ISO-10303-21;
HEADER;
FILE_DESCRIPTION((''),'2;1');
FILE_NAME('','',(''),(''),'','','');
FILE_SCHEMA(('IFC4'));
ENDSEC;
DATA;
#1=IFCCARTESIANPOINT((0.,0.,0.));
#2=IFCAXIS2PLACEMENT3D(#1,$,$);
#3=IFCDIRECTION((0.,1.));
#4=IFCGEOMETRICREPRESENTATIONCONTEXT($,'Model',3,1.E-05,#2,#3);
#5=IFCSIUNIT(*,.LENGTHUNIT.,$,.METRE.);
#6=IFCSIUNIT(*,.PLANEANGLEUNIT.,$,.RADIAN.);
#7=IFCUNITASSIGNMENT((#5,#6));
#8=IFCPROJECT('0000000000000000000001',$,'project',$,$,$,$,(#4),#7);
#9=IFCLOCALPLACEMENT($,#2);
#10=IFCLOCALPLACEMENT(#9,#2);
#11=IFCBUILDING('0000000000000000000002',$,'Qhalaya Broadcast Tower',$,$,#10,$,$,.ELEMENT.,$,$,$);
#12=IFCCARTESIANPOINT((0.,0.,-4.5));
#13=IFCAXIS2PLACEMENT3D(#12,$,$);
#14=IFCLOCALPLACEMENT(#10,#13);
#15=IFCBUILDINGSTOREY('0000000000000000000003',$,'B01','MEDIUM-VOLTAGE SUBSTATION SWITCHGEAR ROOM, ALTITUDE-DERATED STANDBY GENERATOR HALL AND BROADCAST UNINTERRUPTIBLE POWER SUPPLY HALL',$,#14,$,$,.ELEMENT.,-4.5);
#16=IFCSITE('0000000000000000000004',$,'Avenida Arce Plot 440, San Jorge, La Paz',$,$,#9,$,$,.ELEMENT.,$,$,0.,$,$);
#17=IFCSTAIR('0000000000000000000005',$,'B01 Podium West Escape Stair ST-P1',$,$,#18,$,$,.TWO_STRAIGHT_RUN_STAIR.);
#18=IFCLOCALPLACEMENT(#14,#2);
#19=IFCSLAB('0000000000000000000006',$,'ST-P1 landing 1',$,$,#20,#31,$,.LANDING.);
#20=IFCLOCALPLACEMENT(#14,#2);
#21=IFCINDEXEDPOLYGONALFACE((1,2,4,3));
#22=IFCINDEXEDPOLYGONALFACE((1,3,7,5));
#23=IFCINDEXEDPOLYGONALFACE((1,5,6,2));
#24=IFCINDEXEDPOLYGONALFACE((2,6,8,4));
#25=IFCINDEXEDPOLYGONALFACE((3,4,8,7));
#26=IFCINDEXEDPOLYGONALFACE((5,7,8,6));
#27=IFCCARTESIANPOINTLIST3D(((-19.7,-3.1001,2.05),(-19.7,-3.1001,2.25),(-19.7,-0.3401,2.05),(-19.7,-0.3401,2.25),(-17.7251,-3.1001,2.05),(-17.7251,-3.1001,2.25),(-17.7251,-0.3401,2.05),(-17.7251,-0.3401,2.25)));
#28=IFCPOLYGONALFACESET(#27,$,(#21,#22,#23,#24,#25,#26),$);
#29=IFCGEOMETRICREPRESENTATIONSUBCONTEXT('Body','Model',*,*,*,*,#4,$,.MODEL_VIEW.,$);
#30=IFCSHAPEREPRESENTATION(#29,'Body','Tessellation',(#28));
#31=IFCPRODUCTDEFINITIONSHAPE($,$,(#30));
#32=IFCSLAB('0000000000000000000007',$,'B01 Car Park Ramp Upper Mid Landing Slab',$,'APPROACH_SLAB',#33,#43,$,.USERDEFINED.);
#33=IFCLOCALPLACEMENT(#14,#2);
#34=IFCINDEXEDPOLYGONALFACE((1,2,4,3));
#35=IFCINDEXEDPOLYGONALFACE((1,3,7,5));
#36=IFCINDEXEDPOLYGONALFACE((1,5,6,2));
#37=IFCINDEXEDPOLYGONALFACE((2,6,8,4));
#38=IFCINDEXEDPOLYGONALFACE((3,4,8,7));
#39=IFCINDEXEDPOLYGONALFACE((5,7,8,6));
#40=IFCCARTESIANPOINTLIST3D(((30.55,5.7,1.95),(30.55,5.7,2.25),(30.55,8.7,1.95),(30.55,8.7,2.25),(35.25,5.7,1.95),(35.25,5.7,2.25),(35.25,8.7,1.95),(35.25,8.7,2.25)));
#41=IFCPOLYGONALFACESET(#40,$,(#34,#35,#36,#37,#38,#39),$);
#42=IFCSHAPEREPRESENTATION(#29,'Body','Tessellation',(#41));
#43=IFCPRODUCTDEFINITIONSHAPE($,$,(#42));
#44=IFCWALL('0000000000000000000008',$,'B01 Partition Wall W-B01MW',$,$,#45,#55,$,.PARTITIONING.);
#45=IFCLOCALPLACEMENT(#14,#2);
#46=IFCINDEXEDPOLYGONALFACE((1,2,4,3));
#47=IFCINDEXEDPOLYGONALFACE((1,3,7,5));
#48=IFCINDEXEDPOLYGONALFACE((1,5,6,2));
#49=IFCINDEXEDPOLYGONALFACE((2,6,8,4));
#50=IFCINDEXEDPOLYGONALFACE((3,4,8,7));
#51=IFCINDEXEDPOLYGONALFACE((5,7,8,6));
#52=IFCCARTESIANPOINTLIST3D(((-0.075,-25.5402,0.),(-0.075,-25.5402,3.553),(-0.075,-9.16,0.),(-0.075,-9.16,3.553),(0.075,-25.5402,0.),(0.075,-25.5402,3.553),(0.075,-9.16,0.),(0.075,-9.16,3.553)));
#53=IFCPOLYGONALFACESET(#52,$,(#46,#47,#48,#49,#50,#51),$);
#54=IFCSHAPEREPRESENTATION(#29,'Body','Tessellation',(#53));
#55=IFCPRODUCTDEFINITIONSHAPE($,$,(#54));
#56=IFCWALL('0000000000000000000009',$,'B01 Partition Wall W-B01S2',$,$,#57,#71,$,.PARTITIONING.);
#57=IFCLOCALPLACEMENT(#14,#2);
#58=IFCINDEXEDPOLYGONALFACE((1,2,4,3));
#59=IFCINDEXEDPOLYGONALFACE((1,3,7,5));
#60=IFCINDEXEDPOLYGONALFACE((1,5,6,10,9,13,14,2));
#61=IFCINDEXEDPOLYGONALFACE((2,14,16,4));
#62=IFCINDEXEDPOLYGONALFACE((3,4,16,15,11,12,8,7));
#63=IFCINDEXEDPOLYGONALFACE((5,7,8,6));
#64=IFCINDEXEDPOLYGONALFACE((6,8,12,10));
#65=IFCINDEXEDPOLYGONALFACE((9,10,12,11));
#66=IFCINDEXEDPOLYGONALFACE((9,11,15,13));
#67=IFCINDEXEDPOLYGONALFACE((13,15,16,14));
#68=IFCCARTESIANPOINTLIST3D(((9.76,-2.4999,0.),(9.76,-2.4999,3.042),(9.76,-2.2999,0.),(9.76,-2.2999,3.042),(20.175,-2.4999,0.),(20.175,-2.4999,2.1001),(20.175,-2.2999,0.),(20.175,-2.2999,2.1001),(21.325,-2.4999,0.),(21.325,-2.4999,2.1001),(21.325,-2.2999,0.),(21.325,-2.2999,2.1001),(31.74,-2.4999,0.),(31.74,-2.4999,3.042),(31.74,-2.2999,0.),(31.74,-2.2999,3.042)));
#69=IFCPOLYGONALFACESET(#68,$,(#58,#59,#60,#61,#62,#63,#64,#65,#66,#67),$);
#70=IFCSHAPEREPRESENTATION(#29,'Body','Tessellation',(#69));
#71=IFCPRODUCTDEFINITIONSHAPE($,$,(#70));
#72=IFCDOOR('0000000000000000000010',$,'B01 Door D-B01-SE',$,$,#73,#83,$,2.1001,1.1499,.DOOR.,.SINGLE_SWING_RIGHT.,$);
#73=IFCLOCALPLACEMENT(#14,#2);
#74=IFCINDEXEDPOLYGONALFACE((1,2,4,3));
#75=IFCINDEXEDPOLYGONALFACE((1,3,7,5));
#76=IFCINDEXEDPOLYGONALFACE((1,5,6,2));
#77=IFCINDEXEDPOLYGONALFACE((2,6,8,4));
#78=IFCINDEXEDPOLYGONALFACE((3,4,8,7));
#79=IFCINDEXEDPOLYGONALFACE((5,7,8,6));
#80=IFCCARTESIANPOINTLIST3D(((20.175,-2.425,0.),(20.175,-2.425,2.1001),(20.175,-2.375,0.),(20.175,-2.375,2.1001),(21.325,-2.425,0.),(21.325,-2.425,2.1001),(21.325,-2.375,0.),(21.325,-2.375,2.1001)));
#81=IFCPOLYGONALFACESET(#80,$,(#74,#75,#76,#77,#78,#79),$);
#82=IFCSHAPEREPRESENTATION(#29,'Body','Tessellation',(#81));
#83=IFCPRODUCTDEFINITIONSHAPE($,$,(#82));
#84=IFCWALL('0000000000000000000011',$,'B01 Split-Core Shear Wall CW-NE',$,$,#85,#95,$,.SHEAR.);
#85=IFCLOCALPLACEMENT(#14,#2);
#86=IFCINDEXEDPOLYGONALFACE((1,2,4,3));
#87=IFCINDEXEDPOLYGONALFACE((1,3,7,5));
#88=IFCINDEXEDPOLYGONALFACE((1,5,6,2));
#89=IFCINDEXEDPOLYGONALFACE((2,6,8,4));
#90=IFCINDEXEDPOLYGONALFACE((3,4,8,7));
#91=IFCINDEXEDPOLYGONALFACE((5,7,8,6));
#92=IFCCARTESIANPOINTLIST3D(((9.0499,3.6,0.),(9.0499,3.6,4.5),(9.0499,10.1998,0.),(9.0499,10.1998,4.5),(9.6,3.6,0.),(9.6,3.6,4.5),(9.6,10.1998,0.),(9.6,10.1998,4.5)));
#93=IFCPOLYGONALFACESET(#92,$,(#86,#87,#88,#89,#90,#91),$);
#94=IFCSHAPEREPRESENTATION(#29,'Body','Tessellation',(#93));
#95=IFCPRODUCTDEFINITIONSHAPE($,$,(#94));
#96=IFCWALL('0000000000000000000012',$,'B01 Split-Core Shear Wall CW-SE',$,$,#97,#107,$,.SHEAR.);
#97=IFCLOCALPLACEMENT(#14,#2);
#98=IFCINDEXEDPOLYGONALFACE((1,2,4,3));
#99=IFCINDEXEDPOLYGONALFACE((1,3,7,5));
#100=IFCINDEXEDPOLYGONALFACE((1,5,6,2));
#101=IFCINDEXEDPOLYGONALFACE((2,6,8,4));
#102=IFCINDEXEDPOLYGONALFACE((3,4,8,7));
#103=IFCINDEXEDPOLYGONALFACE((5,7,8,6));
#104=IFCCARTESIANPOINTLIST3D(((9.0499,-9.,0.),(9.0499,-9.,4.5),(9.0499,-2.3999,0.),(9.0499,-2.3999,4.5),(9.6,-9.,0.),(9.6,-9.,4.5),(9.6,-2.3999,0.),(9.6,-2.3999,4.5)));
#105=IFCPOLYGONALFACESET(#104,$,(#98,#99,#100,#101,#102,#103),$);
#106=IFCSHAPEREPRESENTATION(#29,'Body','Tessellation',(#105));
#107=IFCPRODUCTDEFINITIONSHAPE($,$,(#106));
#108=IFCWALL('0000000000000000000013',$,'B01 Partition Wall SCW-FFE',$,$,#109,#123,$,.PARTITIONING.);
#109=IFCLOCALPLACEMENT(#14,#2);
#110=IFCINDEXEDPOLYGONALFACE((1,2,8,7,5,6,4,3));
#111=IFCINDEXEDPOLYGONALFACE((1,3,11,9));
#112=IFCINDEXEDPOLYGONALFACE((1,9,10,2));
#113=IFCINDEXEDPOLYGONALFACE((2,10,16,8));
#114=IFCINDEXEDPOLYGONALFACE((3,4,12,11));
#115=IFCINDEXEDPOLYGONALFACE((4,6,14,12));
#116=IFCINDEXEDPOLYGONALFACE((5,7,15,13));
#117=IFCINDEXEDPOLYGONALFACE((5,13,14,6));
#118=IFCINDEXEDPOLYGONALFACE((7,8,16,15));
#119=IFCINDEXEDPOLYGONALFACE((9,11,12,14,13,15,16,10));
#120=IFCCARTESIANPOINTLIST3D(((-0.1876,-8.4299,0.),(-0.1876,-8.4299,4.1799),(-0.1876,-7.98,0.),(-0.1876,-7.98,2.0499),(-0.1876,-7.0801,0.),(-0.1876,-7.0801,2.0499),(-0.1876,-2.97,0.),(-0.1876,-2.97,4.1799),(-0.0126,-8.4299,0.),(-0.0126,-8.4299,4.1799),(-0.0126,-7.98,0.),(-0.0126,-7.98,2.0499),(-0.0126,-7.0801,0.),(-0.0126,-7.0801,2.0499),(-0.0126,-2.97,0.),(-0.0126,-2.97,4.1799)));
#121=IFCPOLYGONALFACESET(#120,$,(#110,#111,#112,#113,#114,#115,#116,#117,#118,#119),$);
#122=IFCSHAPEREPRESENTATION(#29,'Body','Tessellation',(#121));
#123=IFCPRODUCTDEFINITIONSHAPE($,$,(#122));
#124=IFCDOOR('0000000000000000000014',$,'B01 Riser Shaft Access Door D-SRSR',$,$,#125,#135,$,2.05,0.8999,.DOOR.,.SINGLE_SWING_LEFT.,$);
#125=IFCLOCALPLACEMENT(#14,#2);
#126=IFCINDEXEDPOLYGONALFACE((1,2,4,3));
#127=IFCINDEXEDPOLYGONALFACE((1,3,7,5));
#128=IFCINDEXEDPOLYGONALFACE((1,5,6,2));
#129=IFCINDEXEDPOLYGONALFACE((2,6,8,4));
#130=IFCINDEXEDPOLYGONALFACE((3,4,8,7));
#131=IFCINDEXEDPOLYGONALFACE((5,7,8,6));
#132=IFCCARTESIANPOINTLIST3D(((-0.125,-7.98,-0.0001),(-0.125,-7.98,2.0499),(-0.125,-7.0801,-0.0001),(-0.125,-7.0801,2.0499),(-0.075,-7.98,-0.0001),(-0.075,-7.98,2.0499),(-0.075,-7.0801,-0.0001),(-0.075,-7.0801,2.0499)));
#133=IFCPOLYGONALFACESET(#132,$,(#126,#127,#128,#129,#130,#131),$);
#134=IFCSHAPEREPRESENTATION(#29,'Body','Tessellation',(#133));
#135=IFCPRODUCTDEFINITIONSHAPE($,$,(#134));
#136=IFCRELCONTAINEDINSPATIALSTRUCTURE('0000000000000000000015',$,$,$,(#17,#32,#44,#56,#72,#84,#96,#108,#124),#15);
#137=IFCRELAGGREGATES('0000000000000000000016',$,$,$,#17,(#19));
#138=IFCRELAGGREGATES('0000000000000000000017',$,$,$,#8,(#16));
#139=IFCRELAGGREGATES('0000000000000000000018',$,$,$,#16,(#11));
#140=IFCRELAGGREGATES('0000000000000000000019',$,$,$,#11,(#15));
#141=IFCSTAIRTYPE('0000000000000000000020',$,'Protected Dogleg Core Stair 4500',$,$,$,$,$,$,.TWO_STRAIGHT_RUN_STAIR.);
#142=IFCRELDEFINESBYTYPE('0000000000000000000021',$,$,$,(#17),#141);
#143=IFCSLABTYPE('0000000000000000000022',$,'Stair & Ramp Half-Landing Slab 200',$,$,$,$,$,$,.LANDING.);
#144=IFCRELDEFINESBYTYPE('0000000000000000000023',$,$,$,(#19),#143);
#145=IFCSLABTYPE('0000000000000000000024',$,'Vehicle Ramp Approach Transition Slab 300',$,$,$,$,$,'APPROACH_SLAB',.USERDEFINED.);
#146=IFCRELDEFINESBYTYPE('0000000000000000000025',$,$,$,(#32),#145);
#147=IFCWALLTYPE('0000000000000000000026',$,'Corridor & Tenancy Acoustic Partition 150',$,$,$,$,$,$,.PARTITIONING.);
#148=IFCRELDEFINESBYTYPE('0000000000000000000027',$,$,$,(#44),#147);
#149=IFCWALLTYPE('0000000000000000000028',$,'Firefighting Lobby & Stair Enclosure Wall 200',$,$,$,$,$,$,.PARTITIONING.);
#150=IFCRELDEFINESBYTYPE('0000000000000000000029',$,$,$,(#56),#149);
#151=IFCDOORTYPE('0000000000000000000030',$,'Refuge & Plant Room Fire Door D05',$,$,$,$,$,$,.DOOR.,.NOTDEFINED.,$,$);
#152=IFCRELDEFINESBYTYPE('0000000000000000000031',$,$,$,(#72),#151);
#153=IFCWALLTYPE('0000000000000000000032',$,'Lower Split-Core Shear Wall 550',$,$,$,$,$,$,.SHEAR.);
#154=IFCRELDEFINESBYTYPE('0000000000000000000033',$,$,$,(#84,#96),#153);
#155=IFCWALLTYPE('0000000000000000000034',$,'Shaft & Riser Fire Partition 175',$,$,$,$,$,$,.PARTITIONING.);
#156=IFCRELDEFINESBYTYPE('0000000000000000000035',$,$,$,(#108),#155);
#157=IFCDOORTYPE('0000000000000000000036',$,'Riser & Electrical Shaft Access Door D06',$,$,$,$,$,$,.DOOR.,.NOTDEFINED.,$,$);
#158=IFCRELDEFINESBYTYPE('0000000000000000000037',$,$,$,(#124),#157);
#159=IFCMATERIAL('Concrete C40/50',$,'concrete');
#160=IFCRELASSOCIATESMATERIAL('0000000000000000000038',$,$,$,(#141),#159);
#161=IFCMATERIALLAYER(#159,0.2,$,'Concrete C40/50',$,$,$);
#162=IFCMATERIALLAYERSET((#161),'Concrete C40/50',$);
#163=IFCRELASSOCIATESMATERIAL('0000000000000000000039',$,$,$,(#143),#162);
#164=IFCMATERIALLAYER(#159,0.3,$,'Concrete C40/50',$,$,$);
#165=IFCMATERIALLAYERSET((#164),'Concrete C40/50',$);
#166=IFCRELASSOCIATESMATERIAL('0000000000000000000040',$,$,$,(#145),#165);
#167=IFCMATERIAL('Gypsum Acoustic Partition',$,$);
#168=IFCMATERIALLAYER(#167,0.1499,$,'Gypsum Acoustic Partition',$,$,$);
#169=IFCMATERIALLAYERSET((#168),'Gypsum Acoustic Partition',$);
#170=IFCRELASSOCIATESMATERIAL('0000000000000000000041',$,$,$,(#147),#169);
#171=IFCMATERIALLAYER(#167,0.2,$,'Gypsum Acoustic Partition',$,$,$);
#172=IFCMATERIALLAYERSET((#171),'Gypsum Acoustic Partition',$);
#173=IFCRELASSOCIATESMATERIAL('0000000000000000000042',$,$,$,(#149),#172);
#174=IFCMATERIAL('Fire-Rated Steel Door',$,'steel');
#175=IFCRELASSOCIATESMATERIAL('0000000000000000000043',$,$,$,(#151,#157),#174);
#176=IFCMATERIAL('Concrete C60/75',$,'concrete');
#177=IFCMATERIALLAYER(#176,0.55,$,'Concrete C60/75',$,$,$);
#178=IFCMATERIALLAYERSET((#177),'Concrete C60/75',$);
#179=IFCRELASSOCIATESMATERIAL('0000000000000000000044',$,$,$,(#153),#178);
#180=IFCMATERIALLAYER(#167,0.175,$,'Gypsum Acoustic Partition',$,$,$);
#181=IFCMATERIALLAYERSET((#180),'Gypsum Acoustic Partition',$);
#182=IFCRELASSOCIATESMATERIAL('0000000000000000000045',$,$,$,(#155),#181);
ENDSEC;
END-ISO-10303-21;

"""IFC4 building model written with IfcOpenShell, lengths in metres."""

from ifc_helpers import new_model, si_unit, direction, frame, frame_2d, origin, place, context, subcontext, project, spatial, polyline, rectangle, outline, extrude, material, layer, layer_set, type_object, element, fill, aggregate, save


model = new_model("IFC4")

# Units and contexts
model_context = context("Model", 3, precision=1e-05, world=origin(), true_north=direction((0.0, 1.0)))
body_context = subcontext(model_context, "Body", "Model", "MODEL_VIEW")
ifc_project = project(units=[si_unit("LENGTHUNIT", "METRE"), si_unit("PLANEANGLEUNIT", "RADIAN")], contexts=[model_context])

# Site, building, storey
site_placement = place(None, origin())
site = spatial("IfcSite", under=ifc_project, at=site_placement, Name="Avenida Arce Plot 440, San Jorge, La Paz", CompositionType="ELEMENT", RefElevation=0.0)
building_placement = place(site_placement, origin())
building = spatial("IfcBuilding", under=site, at=building_placement, Name="Qhalaya Broadcast Tower", CompositionType="ELEMENT")
storey_placement = place(building_placement, frame((0.0, 0.0, -4.5)))
storey = spatial("IfcBuildingStorey", under=building, at=storey_placement, Name="B01", Description="MEDIUM-VOLTAGE SUBSTATION SWITCHGEAR ROOM, ALTITUDE-DERATED STANDBY GENERATOR HALL AND BROADCAST UNINTERRUPTIBLE POWER SUPPLY HALL", CompositionType="ELEMENT", Elevation=-4.5)

# Shared definitions
ifc_material_1 = material(Name="Concrete C60/75", Category="concrete")

# Shared definitions
ifc_material_2 = material(Name="Concrete C40/50", Category="concrete")

# Stair, slab
stair_type = type_object("IfcStairType", Name="Protected Dogleg Core Stair 4500", PredefinedType="TWO_STRAIGHT_RUN_STAIR", material=ifc_material_2)
ifc_layer_1 = layer(ifc_material_2, 0.2, Name="Concrete C40/50")
ifc_layer_set_1 = layer_set([ifc_layer_1], Name="Concrete C40/50")
slab_type_1 = type_object("IfcSlabType", Name="Stair & Ramp Half-Landing Slab 200", PredefinedType="LANDING", material=ifc_layer_set_1)
stair_1_placement = place(storey_placement, origin())
stair_1 = element("IfcStair", 1, at=stair_1_placement, inside=storey, type_object=stair_type, Name="B01 Podium West Escape Stair ST-P1", PredefinedType="TWO_STRAIGHT_RUN_STAIR")
slab_1_placement = place(storey_placement, frame((0.0, 0.0, 2.05)))
slab_1 = element("IfcSlab", 2, at=slab_1_placement, type_object=slab_type_1, Name="ST-P1 landing 1", PredefinedType="LANDING", context=body_context, shape_type="SweptSolid", body=[
    extrude(outline(polyline([(-17.7251, -0.3401), (-19.7, -0.3401), (-19.7, -3.1001), (-17.7251, -3.1001), (-17.7251, -0.3401)])), origin(), (0.0, 0.0, 1.0), 0.2),
])
aggregate(stair_1, [slab_1])

# Slab
ifc_layer_2 = layer(ifc_material_2, 0.3, Name="Concrete C40/50")
ifc_layer_set_2 = layer_set([ifc_layer_2], Name="Concrete C40/50")
slab_type_2 = type_object("IfcSlabType", Name="Vehicle Ramp Approach Transition Slab 300", ElementType="APPROACH_SLAB", PredefinedType="USERDEFINED", material=ifc_layer_set_2)
slab_2_placement = place(storey_placement, frame((0.0, 0.0, 1.95)))
element("IfcSlab", 3, at=slab_2_placement, inside=storey, type_object=slab_type_2, Name="B01 Car Park Ramp Upper Mid Landing Slab", ObjectType="APPROACH_SLAB", PredefinedType="USERDEFINED", context=body_context, shape_type="SweptSolid", body=[
    extrude(outline(polyline([(30.55, 5.7), (35.25, 5.7), (35.25, 8.7), (30.55, 8.7), (30.55, 5.7)])), origin(), (0.0, 0.0, 1.0), 0.3),
])

# Wall
ifc_material_3 = material(Name="Gypsum Acoustic Partition")
ifc_layer_3 = layer(ifc_material_3, 0.1499, Name="Gypsum Acoustic Partition")
ifc_layer_set_3 = layer_set([ifc_layer_3], Name="Gypsum Acoustic Partition")
wall_type_1 = type_object("IfcWallType", Name="Corridor & Tenancy Acoustic Partition 150", PredefinedType="PARTITIONING", material=ifc_layer_set_3)
wall_1_placement = place(storey_placement, frame((0.0, -25.54, 0.0), z_axis=(0.0, 0.0, 1.0), x_axis=(0.0, 1.0, 0.0)))
element("IfcWall", 4, at=wall_1_placement, inside=storey, type_object=wall_type_1, Name="B01 Partition Wall W-B01MW", PredefinedType="PARTITIONING", context=body_context, shape_type="SweptSolid", body=[
    extrude(rectangle(XDim=16.3801, YDim=0.1499, at=frame_2d((8.1899, 0.0))), origin(), (0.0, 0.0, 1.0), 3.553),
])

# Wall, opening, door
ifc_layer_4 = layer(ifc_material_3, 0.2, Name="Gypsum Acoustic Partition")
ifc_layer_set_4 = layer_set([ifc_layer_4], Name="Gypsum Acoustic Partition")
wall_type_2 = type_object("IfcWallType", Name="Firefighting Lobby & Stair Enclosure Wall 200", PredefinedType="PARTITIONING", material=ifc_layer_set_4)
wall_2_placement = place(storey_placement, frame((9.76, -2.3999, 0.0), z_axis=(0.0, 0.0, 1.0), x_axis=(1.0, 0.0, 0.0)))
wall_2 = element("IfcWall", 5, at=wall_2_placement, inside=storey, type_object=wall_type_2, Name="B01 Partition Wall W-B01S2", PredefinedType="PARTITIONING", context=body_context, shape_type="SweptSolid", body=[
    extrude(rectangle(XDim=21.98, YDim=0.2, at=frame_2d((10.99, 0.0))), origin(), (0.0, 0.0, 1.0), 3.042),
])
opening_1_placement = place(wall_2_placement, frame((10.415, 0.0, 0.0)))
opening_1 = element("IfcOpeningElement", 6, at=opening_1_placement, cuts=wall_2, PredefinedType="OPENING", context=body_context, shape_type="SweptSolid", body=[
    extrude(rectangle(XDim=1.1499, YDim=2.1001, at=frame_2d((0.575, 1.05))), frame((0.0, 0.1121, 0.0), z_axis=(0.0, -1.0, 0.0), x_axis=(1.0, 0.0, 0.0)), (0.0, 0.0, 1.0), 0.2239),
])
ifc_material_4 = material(Name="Fire-Rated Steel Door", Category="steel")
door_type_1 = type_object("IfcDoorType", Name="Refuge & Plant Room Fire Door D05", OperationType="NOTDEFINED", PredefinedType="DOOR", material=ifc_material_4)
door_1_placement = place(opening_1_placement, origin())
door_1 = element("IfcDoor", 7, at=door_1_placement, inside=storey, type_object=door_type_1, Name="B01 Door D-B01-SE", OperationType="SINGLE_SWING_RIGHT", OverallHeight=2.1001, OverallWidth=1.1499, PredefinedType="DOOR", context=body_context, shape_type="SweptSolid", body=[
    extrude(rectangle(XDim=1.1499, YDim=2.1001, at=frame_2d((0.575, 1.05))), frame((0.0, 0.0249, 0.0), z_axis=(0.0, -1.0, 0.0), x_axis=(1.0, 0.0, 0.0)), (0.0, 0.0, 1.0), 0.05),
])
fill(opening_1, door_1)

# Walls
ifc_layer_5 = layer(ifc_material_1, 0.55, Name="Concrete C60/75")
ifc_layer_set_5 = layer_set([ifc_layer_5], Name="Concrete C60/75")
wall_type_3 = type_object("IfcWallType", Name="Lower Split-Core Shear Wall 550", PredefinedType="SHEAR", material=ifc_layer_set_5)
wall_3_placement = place(storey_placement, frame((9.325, 3.6001, 0.0), z_axis=(0.0, 0.0, 1.0), x_axis=(0.0, 1.0, 0.0)))
element("IfcWall", 8, at=wall_3_placement, inside=storey, type_object=wall_type_3, Name="B01 Split-Core Shear Wall CW-NE", PredefinedType="SHEAR", context=body_context, shape_type="SweptSolid", body=[
    extrude(rectangle(XDim=6.5999, YDim=0.55, at=frame_2d((3.2998, 0.0))), origin(), (0.0, 0.0, 1.0), 4.5),
])
wall_4_placement = place(storey_placement, frame((9.325, -9.0, 0.0), z_axis=(0.0, 0.0, 1.0), x_axis=(0.0, 1.0, 0.0)))
element("IfcWall", 9, at=wall_4_placement, inside=storey, type_object=wall_type_3, Name="B01 Split-Core Shear Wall CW-SE", PredefinedType="SHEAR", context=body_context, shape_type="SweptSolid", body=[
    extrude(rectangle(XDim=6.6001, YDim=0.55, at=frame_2d((3.3, 0.0))), origin(), (0.0, 0.0, 1.0), 4.5),
])

# Wall, opening, door
ifc_layer_6 = layer(ifc_material_3, 0.175, Name="Gypsum Acoustic Partition")
ifc_layer_set_6 = layer_set([ifc_layer_6], Name="Gypsum Acoustic Partition")
wall_type_4 = type_object("IfcWallType", Name="Shaft & Riser Fire Partition 175", PredefinedType="PARTITIONING", material=ifc_layer_set_6)
wall_5_placement = place(storey_placement, frame((-0.1001, -8.4299, 0.0), z_axis=(0.0, 0.0, 1.0), x_axis=(0.0, 1.0, 0.0)))
wall_5 = element("IfcWall", 10, at=wall_5_placement, inside=storey, type_object=wall_type_4, Name="B01 Partition Wall SCW-FFE", PredefinedType="PARTITIONING", context=body_context, shape_type="SweptSolid", body=[
    extrude(rectangle(XDim=5.46, YDim=0.175, at=frame_2d((2.73, 0.0))), origin(), (0.0, 0.0, 1.0), 4.1799),
])
opening_2_placement = place(wall_5_placement, frame((0.45, 0.0, 0.0)))
opening_2 = element("IfcOpeningElement", 11, at=opening_2_placement, cuts=wall_5, PredefinedType="OPENING", context=body_context, shape_type="SweptSolid", body=[
    extrude(rectangle(XDim=0.8999, YDim=2.05, at=frame_2d((0.45, 1.0249))), frame((0.0, 0.0996, 0.0), z_axis=(0.0, -1.0, 0.0), x_axis=(1.0, 0.0, 0.0)), (0.0, 0.0, 1.0), 0.199),
])
door_type_2 = type_object("IfcDoorType", Name="Riser & Electrical Shaft Access Door D06", OperationType="NOTDEFINED", PredefinedType="DOOR", material=ifc_material_4)
door_2_placement = place(opening_2_placement, origin())
door_2 = element("IfcDoor", 12, at=door_2_placement, inside=storey, type_object=door_type_2, Name="B01 Riser Shaft Access Door D-SRSR", OperationType="SINGLE_SWING_LEFT", OverallHeight=2.05, OverallWidth=0.8999, PredefinedType="DOOR", context=body_context, shape_type="SweptSolid", body=[
    extrude(rectangle(XDim=0.8999, YDim=2.05, at=frame_2d((0.45, 1.0249))), frame((0.0, 0.0249, 0.0), z_axis=(0.0, -1.0, 0.0), x_axis=(1.0, 0.0, 0.0)), (0.0, 0.0, 1.0), 0.05),
])
fill(opening_2, door_2)

save(model, "model.ifc")
